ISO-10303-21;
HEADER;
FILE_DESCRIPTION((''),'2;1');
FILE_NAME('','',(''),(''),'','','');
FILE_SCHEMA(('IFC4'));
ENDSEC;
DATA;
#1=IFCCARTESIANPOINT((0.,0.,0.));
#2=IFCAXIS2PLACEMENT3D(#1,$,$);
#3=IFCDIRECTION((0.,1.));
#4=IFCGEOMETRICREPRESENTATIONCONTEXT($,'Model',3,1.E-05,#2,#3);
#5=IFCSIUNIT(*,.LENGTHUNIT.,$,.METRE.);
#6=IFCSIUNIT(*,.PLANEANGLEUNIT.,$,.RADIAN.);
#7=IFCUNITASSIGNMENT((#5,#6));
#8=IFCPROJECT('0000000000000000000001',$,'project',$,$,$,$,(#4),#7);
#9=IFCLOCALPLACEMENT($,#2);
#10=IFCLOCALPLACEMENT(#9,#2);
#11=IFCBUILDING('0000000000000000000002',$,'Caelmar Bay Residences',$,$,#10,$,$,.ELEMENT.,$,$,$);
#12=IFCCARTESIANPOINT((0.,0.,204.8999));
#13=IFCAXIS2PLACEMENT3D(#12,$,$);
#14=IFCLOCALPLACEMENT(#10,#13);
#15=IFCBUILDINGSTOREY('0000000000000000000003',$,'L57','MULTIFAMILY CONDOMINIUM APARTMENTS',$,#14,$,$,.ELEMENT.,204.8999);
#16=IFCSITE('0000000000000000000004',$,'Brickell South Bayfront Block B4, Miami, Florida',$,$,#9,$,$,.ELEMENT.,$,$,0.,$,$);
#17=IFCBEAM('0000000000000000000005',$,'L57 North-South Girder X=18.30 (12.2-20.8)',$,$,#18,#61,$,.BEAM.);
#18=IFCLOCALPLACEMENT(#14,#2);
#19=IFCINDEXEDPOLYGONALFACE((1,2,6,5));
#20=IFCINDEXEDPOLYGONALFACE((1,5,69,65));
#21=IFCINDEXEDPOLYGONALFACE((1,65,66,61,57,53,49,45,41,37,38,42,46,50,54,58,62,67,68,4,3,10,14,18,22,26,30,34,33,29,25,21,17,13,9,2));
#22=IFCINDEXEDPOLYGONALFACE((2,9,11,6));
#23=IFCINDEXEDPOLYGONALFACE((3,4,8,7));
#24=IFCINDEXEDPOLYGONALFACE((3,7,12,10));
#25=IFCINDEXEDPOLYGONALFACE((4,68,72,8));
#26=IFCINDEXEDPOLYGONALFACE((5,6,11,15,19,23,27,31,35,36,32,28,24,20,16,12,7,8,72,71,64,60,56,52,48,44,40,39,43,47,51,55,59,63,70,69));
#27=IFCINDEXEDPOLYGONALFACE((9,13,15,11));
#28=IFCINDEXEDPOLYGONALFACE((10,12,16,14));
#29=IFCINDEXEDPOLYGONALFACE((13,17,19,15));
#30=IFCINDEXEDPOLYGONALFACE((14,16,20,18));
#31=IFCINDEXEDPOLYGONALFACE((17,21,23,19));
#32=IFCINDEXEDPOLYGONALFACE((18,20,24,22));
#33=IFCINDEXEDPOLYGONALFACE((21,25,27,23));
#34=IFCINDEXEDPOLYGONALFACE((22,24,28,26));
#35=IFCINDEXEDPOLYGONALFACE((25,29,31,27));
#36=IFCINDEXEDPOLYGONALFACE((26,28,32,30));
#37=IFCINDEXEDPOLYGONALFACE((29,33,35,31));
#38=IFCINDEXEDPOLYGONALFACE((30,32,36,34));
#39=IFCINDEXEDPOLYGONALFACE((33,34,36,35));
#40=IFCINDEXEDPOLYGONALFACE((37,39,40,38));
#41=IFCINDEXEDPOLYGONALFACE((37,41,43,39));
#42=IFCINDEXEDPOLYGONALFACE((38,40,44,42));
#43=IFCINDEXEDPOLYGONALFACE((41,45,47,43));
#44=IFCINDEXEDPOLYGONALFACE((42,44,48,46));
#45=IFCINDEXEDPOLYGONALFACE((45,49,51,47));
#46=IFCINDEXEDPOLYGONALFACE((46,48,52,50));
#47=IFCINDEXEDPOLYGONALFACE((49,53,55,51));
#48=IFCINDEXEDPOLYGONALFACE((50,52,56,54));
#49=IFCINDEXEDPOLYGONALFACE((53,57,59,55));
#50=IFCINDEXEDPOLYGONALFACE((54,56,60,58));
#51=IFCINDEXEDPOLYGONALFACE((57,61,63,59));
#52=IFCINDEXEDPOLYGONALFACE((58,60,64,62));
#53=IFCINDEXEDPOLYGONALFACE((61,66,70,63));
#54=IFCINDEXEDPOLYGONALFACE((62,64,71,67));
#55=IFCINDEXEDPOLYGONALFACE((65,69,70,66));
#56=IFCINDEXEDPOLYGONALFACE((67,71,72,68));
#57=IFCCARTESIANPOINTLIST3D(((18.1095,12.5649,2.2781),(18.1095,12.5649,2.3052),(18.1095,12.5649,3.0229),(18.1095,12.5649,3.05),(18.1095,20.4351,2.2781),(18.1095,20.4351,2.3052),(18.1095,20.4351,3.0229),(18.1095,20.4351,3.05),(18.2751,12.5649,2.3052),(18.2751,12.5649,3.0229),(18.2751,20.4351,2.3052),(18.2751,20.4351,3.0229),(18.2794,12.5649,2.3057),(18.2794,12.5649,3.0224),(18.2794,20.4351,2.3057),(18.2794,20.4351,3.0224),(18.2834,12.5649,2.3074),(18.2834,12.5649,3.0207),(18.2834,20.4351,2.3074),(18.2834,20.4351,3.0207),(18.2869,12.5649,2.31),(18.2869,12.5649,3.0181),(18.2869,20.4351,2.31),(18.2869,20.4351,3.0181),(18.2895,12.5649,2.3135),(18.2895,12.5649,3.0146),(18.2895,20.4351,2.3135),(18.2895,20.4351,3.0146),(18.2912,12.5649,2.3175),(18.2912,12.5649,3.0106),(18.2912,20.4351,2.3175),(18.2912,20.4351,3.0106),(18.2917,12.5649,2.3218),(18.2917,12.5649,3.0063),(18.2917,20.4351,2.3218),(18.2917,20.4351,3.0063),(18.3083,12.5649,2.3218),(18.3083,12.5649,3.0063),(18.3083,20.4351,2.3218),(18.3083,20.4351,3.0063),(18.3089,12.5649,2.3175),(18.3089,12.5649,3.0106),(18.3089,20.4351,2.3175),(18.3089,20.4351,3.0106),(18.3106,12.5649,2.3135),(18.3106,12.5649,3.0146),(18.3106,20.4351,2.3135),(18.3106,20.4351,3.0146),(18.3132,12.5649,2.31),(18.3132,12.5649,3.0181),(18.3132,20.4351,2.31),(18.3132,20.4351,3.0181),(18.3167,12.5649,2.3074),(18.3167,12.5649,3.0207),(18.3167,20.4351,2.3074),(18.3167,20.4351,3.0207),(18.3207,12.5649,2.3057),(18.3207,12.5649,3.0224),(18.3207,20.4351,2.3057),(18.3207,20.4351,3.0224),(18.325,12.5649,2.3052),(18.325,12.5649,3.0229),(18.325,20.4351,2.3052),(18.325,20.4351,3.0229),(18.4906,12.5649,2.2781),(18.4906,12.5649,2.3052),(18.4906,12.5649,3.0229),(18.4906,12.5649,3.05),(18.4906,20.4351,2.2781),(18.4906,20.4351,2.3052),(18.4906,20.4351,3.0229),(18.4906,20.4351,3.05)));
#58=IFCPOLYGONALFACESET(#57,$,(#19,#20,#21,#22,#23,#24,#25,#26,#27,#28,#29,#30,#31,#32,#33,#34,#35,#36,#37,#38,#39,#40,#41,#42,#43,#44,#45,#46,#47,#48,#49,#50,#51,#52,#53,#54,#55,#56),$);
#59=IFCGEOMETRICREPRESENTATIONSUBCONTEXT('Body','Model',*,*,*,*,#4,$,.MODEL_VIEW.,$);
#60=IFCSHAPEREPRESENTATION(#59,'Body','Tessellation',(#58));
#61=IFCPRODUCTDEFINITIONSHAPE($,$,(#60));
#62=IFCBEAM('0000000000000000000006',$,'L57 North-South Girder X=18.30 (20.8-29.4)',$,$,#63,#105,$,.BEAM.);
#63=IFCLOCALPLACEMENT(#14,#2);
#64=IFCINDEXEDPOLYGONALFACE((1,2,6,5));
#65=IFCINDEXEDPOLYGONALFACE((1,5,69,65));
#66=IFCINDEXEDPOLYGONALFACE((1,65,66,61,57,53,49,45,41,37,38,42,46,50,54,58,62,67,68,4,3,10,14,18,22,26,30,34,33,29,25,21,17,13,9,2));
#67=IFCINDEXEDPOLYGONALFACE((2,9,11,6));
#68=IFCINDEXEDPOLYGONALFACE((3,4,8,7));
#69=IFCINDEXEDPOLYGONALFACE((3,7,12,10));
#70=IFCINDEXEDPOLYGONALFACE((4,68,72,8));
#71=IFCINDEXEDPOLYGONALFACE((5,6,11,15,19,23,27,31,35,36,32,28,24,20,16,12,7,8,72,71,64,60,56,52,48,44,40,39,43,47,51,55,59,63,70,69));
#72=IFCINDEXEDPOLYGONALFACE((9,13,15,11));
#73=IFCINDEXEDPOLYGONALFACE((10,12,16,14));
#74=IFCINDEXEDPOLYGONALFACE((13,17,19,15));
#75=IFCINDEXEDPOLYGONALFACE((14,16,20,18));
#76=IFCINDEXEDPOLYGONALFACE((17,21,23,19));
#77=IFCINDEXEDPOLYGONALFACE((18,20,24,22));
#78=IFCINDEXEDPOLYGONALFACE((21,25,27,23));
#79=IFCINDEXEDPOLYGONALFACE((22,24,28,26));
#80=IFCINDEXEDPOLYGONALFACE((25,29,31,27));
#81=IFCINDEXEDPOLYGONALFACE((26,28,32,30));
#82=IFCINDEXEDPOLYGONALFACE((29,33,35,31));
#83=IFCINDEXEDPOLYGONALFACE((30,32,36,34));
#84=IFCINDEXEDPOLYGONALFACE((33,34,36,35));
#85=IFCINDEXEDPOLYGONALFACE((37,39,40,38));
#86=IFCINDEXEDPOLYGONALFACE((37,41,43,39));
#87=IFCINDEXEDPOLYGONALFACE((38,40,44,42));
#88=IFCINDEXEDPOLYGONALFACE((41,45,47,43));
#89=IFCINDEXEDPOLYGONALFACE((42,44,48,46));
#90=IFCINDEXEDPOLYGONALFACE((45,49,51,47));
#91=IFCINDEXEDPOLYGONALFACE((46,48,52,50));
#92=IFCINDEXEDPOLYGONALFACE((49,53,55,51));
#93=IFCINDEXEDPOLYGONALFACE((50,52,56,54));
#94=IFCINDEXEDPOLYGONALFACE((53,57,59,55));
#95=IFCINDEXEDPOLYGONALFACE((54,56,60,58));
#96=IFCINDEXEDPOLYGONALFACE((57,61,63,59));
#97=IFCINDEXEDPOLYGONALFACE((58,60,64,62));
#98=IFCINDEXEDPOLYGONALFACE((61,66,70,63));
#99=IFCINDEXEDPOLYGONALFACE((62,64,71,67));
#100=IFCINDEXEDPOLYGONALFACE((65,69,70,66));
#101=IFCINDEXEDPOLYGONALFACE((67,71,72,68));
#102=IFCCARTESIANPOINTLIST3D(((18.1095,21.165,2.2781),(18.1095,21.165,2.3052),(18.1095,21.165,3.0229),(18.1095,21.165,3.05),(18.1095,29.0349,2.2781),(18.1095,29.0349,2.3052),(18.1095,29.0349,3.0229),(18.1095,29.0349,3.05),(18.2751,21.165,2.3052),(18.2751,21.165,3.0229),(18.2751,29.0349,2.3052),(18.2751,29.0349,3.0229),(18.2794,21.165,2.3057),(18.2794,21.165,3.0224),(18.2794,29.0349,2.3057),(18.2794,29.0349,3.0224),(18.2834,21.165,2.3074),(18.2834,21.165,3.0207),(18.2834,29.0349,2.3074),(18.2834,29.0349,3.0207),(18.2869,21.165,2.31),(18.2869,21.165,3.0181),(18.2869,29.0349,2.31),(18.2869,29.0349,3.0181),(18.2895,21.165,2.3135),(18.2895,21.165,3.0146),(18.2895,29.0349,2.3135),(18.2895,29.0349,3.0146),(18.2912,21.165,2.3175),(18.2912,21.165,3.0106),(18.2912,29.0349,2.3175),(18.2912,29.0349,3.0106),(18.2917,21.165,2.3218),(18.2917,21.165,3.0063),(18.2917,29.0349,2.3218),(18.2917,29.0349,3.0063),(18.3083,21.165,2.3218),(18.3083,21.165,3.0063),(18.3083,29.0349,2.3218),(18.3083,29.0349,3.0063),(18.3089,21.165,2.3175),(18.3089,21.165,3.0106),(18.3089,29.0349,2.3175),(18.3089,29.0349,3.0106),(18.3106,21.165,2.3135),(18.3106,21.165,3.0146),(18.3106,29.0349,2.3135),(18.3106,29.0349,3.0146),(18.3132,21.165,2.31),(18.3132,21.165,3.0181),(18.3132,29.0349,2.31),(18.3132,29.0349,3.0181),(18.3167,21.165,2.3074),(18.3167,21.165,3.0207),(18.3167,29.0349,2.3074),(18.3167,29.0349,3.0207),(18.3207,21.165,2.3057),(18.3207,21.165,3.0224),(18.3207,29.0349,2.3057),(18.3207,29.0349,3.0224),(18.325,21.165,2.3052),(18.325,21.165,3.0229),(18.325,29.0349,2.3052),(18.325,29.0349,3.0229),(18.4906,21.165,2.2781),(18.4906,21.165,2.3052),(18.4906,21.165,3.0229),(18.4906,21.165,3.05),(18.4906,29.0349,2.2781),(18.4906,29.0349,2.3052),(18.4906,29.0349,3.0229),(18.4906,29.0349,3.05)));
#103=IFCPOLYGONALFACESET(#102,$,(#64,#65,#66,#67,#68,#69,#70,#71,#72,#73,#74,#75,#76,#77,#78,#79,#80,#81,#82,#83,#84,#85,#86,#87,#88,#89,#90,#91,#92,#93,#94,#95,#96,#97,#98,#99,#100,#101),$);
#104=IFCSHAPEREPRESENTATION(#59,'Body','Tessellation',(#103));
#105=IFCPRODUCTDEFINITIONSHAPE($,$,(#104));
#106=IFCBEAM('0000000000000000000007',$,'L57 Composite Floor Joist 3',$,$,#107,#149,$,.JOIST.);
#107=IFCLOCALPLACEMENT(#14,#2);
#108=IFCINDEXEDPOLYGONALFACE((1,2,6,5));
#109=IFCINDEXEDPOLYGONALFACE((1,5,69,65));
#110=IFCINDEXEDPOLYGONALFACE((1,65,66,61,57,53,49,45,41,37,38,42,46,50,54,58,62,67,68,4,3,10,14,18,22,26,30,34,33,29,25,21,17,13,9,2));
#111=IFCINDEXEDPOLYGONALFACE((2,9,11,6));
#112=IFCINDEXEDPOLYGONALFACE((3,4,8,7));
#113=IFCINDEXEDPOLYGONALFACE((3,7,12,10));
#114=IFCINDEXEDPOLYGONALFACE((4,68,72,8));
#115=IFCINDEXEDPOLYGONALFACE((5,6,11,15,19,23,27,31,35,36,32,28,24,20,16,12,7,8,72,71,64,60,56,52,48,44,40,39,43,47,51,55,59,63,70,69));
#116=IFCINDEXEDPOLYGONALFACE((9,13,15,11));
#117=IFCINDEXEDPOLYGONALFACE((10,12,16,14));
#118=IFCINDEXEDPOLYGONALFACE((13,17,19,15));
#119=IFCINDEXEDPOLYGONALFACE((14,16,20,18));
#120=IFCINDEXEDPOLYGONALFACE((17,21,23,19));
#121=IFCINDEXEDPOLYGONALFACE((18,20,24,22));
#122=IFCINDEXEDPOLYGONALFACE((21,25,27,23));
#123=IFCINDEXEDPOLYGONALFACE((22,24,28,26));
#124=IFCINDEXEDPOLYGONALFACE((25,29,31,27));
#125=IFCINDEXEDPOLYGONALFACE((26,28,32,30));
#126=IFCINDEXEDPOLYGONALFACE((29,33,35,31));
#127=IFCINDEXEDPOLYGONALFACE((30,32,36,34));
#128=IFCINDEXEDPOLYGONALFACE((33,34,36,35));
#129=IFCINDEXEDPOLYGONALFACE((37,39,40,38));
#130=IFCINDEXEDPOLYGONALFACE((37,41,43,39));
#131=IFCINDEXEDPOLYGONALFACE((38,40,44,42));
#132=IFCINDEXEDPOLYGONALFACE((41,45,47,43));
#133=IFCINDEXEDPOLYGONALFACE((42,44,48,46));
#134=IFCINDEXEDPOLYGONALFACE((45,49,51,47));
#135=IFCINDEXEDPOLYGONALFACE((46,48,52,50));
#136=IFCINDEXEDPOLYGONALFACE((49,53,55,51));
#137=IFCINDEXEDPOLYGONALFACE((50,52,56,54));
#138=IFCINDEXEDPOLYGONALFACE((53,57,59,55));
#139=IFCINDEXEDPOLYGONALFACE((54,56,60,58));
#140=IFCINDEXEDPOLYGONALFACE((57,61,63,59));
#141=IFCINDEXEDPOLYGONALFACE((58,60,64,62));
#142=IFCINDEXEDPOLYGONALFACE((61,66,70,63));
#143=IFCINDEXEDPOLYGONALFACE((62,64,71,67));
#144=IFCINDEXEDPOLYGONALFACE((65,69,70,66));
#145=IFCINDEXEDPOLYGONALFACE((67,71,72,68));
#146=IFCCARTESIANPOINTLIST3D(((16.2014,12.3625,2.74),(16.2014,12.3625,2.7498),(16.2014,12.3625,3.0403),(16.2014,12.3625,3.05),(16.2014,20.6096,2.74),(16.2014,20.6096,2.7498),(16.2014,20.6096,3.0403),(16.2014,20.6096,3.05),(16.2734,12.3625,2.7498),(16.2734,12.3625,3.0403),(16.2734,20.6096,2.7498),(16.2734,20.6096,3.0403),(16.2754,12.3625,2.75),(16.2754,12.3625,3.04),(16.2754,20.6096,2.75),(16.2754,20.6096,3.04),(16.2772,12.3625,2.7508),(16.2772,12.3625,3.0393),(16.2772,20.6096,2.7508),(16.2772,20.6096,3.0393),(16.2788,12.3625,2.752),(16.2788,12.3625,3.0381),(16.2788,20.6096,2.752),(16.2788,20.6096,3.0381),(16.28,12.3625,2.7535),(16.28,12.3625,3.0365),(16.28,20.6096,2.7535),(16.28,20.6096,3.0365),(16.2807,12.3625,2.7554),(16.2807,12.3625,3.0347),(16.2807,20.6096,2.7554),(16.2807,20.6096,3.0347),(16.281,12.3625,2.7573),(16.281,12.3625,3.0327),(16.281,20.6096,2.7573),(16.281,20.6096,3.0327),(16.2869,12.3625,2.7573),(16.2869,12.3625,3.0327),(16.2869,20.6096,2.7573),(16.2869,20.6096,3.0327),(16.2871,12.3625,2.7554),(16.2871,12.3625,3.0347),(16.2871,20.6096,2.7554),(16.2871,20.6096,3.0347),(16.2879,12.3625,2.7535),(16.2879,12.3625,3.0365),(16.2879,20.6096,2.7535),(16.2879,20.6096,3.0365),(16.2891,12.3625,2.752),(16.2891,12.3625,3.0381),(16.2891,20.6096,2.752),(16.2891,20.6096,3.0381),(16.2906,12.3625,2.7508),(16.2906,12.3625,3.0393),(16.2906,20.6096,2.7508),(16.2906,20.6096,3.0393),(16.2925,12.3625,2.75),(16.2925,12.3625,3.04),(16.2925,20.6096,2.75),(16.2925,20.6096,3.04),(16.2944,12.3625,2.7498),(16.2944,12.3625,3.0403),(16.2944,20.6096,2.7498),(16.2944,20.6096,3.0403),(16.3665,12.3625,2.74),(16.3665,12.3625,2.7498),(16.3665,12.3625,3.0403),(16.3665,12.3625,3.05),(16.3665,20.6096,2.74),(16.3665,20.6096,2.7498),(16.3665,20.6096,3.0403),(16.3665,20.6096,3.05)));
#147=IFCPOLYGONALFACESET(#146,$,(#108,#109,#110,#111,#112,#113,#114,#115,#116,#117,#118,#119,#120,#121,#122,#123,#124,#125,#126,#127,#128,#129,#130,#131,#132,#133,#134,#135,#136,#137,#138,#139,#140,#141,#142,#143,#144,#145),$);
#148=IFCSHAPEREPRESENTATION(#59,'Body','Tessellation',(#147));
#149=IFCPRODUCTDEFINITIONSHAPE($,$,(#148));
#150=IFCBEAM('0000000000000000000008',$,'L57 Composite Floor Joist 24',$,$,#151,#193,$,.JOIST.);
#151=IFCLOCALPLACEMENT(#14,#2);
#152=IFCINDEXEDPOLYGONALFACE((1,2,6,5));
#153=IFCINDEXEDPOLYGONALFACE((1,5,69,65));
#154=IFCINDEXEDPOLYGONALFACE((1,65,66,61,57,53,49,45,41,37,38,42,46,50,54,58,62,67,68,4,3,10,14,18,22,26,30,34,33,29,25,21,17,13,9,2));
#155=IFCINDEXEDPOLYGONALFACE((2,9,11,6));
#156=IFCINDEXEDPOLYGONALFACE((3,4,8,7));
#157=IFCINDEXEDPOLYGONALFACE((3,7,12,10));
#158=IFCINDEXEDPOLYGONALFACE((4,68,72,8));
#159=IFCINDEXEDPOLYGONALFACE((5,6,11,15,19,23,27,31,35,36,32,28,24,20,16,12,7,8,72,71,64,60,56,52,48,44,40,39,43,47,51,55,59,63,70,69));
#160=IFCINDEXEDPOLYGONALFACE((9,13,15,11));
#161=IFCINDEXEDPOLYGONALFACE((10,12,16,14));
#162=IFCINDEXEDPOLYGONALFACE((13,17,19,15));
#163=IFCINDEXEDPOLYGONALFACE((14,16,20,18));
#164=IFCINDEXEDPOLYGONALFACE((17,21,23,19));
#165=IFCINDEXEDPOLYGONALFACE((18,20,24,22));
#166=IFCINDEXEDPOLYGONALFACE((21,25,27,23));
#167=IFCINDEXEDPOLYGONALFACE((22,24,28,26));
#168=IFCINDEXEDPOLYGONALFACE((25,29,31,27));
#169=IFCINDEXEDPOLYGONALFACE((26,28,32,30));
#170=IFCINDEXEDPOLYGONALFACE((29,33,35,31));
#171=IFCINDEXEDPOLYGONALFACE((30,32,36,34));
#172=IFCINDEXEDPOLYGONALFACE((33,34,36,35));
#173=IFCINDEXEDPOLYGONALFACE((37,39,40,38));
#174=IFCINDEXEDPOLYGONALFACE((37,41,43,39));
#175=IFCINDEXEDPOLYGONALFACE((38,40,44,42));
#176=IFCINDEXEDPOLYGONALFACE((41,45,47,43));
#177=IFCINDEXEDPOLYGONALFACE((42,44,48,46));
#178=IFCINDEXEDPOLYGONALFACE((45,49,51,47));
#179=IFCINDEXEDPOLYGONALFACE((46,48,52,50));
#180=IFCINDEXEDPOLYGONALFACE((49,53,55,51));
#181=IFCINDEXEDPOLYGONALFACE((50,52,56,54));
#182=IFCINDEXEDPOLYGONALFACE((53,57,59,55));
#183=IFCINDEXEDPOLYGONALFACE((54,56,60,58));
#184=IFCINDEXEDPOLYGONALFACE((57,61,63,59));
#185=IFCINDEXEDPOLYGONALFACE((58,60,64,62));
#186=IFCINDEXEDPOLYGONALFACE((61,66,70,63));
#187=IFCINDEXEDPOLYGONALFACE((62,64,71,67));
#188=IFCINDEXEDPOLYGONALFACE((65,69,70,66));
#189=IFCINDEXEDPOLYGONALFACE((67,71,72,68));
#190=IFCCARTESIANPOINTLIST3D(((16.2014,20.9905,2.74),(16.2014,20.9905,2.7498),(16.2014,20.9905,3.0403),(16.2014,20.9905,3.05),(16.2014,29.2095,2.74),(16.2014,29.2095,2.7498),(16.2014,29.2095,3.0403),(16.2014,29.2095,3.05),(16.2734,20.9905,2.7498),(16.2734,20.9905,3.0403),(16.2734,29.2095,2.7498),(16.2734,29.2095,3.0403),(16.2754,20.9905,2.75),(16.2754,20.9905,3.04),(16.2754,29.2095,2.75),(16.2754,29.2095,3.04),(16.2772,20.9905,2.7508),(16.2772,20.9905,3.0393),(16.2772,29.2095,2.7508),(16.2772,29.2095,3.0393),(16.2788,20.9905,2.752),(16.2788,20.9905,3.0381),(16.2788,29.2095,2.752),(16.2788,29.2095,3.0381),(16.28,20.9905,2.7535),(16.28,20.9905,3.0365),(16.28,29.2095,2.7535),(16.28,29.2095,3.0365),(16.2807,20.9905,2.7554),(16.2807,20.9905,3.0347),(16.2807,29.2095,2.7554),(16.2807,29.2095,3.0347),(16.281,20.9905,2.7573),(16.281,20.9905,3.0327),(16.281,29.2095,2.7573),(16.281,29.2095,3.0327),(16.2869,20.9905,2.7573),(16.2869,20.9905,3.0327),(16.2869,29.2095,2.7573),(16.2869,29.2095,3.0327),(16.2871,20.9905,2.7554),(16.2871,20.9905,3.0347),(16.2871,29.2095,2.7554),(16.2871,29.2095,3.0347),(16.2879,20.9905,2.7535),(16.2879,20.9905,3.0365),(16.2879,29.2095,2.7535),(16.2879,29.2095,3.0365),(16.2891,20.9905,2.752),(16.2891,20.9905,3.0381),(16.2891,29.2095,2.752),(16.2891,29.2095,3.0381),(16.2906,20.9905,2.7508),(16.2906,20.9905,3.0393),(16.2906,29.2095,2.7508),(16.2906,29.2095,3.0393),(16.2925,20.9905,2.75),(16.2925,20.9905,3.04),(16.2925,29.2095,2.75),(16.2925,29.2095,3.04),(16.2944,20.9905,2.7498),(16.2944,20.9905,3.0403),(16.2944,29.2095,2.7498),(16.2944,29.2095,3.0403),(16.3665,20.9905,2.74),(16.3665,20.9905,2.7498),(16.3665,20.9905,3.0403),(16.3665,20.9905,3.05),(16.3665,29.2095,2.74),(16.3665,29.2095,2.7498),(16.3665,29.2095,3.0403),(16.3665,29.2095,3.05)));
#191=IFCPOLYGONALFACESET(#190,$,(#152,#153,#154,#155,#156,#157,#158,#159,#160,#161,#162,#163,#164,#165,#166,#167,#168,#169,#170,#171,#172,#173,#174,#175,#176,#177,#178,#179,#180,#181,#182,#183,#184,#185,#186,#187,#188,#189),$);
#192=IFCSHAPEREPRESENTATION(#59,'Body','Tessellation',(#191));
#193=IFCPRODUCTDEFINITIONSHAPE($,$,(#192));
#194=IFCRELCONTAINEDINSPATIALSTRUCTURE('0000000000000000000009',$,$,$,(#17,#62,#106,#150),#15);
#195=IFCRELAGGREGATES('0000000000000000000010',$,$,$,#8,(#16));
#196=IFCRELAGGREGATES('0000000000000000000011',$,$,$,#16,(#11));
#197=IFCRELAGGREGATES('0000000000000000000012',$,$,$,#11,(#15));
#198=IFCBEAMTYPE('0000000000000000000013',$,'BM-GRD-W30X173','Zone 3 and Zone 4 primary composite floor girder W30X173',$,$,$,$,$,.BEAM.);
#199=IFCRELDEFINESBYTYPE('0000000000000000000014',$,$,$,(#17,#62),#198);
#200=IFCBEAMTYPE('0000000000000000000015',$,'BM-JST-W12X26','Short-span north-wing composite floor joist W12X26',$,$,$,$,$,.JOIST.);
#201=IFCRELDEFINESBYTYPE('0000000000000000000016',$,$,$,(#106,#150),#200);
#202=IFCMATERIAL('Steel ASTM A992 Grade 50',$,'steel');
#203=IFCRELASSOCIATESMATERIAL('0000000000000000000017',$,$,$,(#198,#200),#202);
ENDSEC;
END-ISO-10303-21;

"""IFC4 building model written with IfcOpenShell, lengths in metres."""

from ifc_helpers import new_model, si_unit, direction, frame, origin, origin_2d, place, context, subcontext, project, spatial, i_section, extrude, material, material_profile, profile_set, type_object, element, save


model = new_model("IFC4")

# Units and contexts
model_context = context("Model", 3, precision=1e-05, world=origin(), true_north=direction((0.0, 1.0)))
body_context = subcontext(model_context, "Body", "Model", "MODEL_VIEW")
ifc_project = project(units=[si_unit("LENGTHUNIT", "METRE"), si_unit("PLANEANGLEUNIT", "RADIAN")], contexts=[model_context])

# Site, building, storey
site_placement = place(None, origin())
site = spatial("IfcSite", under=ifc_project, at=site_placement, Name="Brickell South Bayfront Block B4, Miami, Florida", CompositionType="ELEMENT", RefElevation=0.0)
building_placement = place(site_placement, origin())
building = spatial("IfcBuilding", under=site, at=building_placement, Name="Caelmar Bay Residences", CompositionType="ELEMENT")
storey_placement = place(building_placement, frame((0.0, 0.0, 204.8999)))
storey = spatial("IfcBuildingStorey", under=building, at=storey_placement, Name="L57", Description="MULTIFAMILY CONDOMINIUM APARTMENTS", CompositionType="ELEMENT", Elevation=204.8999)

# Beams
ifc_material_1 = material(Name="Steel ASTM A992 Grade 50", Category="steel")
ifc_material_profile_1 = material_profile(ifc_material_1, i_section(OverallWidth=0.3811, OverallDepth=0.772, WebThickness=0.0166, FlangeThickness=0.0271, FilletRadius=0.0166, at=origin_2d()), Name="W30X173")
ifc_profile_set_1 = profile_set([ifc_material_profile_1], Name="Steel ASTM A992 Grade 50")
beam_type_1 = type_object("IfcBeamType", Name="BM-GRD-W30X173", Description="Zone 3 and Zone 4 primary composite floor girder W30X173", PredefinedType="BEAM", material=ifc_profile_set_1)
beam_1_placement = place(storey_placement, frame((18.3, 12.5649, 2.6641), z_axis=(0.0, 1.0, 0.0), x_axis=(-1.0, 0.0, 0.0)))
element("IfcBeam", 1, at=beam_1_placement, inside=storey, type_object=beam_type_1, Name="L57 North-South Girder X=18.30 (12.2-20.8)", PredefinedType="BEAM", context=body_context, shape_type="SweptSolid", body=[
    extrude(i_section(OverallWidth=0.3811, OverallDepth=0.772, WebThickness=0.0166, FlangeThickness=0.0271, FilletRadius=0.0166, at=origin_2d()), origin(), (0.0, 0.0, 1.0), 7.8701),
])
beam_2_placement = place(storey_placement, frame((18.3, 21.165, 2.6641), z_axis=(0.0, 1.0, 0.0), x_axis=(-1.0, 0.0, 0.0)))
element("IfcBeam", 2, at=beam_2_placement, inside=storey, type_object=beam_type_1, Name="L57 North-South Girder X=18.30 (20.8-29.4)", PredefinedType="BEAM", context=body_context, shape_type="SweptSolid", body=[
    extrude(i_section(OverallWidth=0.3811, OverallDepth=0.772, WebThickness=0.0166, FlangeThickness=0.0271, FilletRadius=0.0166, at=origin_2d()), origin(), (0.0, 0.0, 1.0), 7.8699),
])
ifc_material_profile_2 = material_profile(ifc_material_1, i_section(OverallWidth=0.165, OverallDepth=0.3101, WebThickness=0.0059, FlangeThickness=0.0098, FilletRadius=0.0076, at=origin_2d()), Name="W12X26")
ifc_profile_set_2 = profile_set([ifc_material_profile_2], Name="Steel ASTM A992 Grade 50")
beam_type_2 = type_object("IfcBeamType", Name="BM-JST-W12X26", Description="Short-span north-wing composite floor joist W12X26", PredefinedType="JOIST", material=ifc_profile_set_2)
beam_3_placement = place(storey_placement, frame((16.2839, 12.3625, 2.895), z_axis=(0.0, 1.0, 0.0), x_axis=(-1.0, 0.0, 0.0)))
element("IfcBeam", 3, at=beam_3_placement, inside=storey, type_object=beam_type_2, Name="L57 Composite Floor Joist 3", PredefinedType="JOIST", context=body_context, shape_type="SweptSolid", body=[
    extrude(i_section(OverallWidth=0.165, OverallDepth=0.3101, WebThickness=0.0059, FlangeThickness=0.0098, FilletRadius=0.0076, at=origin_2d()), origin(), (0.0, 0.0, 1.0), 8.2471),
])
beam_4_placement = place(storey_placement, frame((16.2839, 20.9905, 2.895), z_axis=(0.0, 1.0, 0.0), x_axis=(-1.0, 0.0, 0.0)))
element("IfcBeam", 4, at=beam_4_placement, inside=storey, type_object=beam_type_2, Name="L57 Composite Floor Joist 24", PredefinedType="JOIST", context=body_context, shape_type="SweptSolid", body=[
    extrude(i_section(OverallWidth=0.165, OverallDepth=0.3101, WebThickness=0.0059, FlangeThickness=0.0098, FilletRadius=0.0076, at=origin_2d()), origin(), (0.0, 0.0, 1.0), 8.219),
])

save(model, "model.ifc")
